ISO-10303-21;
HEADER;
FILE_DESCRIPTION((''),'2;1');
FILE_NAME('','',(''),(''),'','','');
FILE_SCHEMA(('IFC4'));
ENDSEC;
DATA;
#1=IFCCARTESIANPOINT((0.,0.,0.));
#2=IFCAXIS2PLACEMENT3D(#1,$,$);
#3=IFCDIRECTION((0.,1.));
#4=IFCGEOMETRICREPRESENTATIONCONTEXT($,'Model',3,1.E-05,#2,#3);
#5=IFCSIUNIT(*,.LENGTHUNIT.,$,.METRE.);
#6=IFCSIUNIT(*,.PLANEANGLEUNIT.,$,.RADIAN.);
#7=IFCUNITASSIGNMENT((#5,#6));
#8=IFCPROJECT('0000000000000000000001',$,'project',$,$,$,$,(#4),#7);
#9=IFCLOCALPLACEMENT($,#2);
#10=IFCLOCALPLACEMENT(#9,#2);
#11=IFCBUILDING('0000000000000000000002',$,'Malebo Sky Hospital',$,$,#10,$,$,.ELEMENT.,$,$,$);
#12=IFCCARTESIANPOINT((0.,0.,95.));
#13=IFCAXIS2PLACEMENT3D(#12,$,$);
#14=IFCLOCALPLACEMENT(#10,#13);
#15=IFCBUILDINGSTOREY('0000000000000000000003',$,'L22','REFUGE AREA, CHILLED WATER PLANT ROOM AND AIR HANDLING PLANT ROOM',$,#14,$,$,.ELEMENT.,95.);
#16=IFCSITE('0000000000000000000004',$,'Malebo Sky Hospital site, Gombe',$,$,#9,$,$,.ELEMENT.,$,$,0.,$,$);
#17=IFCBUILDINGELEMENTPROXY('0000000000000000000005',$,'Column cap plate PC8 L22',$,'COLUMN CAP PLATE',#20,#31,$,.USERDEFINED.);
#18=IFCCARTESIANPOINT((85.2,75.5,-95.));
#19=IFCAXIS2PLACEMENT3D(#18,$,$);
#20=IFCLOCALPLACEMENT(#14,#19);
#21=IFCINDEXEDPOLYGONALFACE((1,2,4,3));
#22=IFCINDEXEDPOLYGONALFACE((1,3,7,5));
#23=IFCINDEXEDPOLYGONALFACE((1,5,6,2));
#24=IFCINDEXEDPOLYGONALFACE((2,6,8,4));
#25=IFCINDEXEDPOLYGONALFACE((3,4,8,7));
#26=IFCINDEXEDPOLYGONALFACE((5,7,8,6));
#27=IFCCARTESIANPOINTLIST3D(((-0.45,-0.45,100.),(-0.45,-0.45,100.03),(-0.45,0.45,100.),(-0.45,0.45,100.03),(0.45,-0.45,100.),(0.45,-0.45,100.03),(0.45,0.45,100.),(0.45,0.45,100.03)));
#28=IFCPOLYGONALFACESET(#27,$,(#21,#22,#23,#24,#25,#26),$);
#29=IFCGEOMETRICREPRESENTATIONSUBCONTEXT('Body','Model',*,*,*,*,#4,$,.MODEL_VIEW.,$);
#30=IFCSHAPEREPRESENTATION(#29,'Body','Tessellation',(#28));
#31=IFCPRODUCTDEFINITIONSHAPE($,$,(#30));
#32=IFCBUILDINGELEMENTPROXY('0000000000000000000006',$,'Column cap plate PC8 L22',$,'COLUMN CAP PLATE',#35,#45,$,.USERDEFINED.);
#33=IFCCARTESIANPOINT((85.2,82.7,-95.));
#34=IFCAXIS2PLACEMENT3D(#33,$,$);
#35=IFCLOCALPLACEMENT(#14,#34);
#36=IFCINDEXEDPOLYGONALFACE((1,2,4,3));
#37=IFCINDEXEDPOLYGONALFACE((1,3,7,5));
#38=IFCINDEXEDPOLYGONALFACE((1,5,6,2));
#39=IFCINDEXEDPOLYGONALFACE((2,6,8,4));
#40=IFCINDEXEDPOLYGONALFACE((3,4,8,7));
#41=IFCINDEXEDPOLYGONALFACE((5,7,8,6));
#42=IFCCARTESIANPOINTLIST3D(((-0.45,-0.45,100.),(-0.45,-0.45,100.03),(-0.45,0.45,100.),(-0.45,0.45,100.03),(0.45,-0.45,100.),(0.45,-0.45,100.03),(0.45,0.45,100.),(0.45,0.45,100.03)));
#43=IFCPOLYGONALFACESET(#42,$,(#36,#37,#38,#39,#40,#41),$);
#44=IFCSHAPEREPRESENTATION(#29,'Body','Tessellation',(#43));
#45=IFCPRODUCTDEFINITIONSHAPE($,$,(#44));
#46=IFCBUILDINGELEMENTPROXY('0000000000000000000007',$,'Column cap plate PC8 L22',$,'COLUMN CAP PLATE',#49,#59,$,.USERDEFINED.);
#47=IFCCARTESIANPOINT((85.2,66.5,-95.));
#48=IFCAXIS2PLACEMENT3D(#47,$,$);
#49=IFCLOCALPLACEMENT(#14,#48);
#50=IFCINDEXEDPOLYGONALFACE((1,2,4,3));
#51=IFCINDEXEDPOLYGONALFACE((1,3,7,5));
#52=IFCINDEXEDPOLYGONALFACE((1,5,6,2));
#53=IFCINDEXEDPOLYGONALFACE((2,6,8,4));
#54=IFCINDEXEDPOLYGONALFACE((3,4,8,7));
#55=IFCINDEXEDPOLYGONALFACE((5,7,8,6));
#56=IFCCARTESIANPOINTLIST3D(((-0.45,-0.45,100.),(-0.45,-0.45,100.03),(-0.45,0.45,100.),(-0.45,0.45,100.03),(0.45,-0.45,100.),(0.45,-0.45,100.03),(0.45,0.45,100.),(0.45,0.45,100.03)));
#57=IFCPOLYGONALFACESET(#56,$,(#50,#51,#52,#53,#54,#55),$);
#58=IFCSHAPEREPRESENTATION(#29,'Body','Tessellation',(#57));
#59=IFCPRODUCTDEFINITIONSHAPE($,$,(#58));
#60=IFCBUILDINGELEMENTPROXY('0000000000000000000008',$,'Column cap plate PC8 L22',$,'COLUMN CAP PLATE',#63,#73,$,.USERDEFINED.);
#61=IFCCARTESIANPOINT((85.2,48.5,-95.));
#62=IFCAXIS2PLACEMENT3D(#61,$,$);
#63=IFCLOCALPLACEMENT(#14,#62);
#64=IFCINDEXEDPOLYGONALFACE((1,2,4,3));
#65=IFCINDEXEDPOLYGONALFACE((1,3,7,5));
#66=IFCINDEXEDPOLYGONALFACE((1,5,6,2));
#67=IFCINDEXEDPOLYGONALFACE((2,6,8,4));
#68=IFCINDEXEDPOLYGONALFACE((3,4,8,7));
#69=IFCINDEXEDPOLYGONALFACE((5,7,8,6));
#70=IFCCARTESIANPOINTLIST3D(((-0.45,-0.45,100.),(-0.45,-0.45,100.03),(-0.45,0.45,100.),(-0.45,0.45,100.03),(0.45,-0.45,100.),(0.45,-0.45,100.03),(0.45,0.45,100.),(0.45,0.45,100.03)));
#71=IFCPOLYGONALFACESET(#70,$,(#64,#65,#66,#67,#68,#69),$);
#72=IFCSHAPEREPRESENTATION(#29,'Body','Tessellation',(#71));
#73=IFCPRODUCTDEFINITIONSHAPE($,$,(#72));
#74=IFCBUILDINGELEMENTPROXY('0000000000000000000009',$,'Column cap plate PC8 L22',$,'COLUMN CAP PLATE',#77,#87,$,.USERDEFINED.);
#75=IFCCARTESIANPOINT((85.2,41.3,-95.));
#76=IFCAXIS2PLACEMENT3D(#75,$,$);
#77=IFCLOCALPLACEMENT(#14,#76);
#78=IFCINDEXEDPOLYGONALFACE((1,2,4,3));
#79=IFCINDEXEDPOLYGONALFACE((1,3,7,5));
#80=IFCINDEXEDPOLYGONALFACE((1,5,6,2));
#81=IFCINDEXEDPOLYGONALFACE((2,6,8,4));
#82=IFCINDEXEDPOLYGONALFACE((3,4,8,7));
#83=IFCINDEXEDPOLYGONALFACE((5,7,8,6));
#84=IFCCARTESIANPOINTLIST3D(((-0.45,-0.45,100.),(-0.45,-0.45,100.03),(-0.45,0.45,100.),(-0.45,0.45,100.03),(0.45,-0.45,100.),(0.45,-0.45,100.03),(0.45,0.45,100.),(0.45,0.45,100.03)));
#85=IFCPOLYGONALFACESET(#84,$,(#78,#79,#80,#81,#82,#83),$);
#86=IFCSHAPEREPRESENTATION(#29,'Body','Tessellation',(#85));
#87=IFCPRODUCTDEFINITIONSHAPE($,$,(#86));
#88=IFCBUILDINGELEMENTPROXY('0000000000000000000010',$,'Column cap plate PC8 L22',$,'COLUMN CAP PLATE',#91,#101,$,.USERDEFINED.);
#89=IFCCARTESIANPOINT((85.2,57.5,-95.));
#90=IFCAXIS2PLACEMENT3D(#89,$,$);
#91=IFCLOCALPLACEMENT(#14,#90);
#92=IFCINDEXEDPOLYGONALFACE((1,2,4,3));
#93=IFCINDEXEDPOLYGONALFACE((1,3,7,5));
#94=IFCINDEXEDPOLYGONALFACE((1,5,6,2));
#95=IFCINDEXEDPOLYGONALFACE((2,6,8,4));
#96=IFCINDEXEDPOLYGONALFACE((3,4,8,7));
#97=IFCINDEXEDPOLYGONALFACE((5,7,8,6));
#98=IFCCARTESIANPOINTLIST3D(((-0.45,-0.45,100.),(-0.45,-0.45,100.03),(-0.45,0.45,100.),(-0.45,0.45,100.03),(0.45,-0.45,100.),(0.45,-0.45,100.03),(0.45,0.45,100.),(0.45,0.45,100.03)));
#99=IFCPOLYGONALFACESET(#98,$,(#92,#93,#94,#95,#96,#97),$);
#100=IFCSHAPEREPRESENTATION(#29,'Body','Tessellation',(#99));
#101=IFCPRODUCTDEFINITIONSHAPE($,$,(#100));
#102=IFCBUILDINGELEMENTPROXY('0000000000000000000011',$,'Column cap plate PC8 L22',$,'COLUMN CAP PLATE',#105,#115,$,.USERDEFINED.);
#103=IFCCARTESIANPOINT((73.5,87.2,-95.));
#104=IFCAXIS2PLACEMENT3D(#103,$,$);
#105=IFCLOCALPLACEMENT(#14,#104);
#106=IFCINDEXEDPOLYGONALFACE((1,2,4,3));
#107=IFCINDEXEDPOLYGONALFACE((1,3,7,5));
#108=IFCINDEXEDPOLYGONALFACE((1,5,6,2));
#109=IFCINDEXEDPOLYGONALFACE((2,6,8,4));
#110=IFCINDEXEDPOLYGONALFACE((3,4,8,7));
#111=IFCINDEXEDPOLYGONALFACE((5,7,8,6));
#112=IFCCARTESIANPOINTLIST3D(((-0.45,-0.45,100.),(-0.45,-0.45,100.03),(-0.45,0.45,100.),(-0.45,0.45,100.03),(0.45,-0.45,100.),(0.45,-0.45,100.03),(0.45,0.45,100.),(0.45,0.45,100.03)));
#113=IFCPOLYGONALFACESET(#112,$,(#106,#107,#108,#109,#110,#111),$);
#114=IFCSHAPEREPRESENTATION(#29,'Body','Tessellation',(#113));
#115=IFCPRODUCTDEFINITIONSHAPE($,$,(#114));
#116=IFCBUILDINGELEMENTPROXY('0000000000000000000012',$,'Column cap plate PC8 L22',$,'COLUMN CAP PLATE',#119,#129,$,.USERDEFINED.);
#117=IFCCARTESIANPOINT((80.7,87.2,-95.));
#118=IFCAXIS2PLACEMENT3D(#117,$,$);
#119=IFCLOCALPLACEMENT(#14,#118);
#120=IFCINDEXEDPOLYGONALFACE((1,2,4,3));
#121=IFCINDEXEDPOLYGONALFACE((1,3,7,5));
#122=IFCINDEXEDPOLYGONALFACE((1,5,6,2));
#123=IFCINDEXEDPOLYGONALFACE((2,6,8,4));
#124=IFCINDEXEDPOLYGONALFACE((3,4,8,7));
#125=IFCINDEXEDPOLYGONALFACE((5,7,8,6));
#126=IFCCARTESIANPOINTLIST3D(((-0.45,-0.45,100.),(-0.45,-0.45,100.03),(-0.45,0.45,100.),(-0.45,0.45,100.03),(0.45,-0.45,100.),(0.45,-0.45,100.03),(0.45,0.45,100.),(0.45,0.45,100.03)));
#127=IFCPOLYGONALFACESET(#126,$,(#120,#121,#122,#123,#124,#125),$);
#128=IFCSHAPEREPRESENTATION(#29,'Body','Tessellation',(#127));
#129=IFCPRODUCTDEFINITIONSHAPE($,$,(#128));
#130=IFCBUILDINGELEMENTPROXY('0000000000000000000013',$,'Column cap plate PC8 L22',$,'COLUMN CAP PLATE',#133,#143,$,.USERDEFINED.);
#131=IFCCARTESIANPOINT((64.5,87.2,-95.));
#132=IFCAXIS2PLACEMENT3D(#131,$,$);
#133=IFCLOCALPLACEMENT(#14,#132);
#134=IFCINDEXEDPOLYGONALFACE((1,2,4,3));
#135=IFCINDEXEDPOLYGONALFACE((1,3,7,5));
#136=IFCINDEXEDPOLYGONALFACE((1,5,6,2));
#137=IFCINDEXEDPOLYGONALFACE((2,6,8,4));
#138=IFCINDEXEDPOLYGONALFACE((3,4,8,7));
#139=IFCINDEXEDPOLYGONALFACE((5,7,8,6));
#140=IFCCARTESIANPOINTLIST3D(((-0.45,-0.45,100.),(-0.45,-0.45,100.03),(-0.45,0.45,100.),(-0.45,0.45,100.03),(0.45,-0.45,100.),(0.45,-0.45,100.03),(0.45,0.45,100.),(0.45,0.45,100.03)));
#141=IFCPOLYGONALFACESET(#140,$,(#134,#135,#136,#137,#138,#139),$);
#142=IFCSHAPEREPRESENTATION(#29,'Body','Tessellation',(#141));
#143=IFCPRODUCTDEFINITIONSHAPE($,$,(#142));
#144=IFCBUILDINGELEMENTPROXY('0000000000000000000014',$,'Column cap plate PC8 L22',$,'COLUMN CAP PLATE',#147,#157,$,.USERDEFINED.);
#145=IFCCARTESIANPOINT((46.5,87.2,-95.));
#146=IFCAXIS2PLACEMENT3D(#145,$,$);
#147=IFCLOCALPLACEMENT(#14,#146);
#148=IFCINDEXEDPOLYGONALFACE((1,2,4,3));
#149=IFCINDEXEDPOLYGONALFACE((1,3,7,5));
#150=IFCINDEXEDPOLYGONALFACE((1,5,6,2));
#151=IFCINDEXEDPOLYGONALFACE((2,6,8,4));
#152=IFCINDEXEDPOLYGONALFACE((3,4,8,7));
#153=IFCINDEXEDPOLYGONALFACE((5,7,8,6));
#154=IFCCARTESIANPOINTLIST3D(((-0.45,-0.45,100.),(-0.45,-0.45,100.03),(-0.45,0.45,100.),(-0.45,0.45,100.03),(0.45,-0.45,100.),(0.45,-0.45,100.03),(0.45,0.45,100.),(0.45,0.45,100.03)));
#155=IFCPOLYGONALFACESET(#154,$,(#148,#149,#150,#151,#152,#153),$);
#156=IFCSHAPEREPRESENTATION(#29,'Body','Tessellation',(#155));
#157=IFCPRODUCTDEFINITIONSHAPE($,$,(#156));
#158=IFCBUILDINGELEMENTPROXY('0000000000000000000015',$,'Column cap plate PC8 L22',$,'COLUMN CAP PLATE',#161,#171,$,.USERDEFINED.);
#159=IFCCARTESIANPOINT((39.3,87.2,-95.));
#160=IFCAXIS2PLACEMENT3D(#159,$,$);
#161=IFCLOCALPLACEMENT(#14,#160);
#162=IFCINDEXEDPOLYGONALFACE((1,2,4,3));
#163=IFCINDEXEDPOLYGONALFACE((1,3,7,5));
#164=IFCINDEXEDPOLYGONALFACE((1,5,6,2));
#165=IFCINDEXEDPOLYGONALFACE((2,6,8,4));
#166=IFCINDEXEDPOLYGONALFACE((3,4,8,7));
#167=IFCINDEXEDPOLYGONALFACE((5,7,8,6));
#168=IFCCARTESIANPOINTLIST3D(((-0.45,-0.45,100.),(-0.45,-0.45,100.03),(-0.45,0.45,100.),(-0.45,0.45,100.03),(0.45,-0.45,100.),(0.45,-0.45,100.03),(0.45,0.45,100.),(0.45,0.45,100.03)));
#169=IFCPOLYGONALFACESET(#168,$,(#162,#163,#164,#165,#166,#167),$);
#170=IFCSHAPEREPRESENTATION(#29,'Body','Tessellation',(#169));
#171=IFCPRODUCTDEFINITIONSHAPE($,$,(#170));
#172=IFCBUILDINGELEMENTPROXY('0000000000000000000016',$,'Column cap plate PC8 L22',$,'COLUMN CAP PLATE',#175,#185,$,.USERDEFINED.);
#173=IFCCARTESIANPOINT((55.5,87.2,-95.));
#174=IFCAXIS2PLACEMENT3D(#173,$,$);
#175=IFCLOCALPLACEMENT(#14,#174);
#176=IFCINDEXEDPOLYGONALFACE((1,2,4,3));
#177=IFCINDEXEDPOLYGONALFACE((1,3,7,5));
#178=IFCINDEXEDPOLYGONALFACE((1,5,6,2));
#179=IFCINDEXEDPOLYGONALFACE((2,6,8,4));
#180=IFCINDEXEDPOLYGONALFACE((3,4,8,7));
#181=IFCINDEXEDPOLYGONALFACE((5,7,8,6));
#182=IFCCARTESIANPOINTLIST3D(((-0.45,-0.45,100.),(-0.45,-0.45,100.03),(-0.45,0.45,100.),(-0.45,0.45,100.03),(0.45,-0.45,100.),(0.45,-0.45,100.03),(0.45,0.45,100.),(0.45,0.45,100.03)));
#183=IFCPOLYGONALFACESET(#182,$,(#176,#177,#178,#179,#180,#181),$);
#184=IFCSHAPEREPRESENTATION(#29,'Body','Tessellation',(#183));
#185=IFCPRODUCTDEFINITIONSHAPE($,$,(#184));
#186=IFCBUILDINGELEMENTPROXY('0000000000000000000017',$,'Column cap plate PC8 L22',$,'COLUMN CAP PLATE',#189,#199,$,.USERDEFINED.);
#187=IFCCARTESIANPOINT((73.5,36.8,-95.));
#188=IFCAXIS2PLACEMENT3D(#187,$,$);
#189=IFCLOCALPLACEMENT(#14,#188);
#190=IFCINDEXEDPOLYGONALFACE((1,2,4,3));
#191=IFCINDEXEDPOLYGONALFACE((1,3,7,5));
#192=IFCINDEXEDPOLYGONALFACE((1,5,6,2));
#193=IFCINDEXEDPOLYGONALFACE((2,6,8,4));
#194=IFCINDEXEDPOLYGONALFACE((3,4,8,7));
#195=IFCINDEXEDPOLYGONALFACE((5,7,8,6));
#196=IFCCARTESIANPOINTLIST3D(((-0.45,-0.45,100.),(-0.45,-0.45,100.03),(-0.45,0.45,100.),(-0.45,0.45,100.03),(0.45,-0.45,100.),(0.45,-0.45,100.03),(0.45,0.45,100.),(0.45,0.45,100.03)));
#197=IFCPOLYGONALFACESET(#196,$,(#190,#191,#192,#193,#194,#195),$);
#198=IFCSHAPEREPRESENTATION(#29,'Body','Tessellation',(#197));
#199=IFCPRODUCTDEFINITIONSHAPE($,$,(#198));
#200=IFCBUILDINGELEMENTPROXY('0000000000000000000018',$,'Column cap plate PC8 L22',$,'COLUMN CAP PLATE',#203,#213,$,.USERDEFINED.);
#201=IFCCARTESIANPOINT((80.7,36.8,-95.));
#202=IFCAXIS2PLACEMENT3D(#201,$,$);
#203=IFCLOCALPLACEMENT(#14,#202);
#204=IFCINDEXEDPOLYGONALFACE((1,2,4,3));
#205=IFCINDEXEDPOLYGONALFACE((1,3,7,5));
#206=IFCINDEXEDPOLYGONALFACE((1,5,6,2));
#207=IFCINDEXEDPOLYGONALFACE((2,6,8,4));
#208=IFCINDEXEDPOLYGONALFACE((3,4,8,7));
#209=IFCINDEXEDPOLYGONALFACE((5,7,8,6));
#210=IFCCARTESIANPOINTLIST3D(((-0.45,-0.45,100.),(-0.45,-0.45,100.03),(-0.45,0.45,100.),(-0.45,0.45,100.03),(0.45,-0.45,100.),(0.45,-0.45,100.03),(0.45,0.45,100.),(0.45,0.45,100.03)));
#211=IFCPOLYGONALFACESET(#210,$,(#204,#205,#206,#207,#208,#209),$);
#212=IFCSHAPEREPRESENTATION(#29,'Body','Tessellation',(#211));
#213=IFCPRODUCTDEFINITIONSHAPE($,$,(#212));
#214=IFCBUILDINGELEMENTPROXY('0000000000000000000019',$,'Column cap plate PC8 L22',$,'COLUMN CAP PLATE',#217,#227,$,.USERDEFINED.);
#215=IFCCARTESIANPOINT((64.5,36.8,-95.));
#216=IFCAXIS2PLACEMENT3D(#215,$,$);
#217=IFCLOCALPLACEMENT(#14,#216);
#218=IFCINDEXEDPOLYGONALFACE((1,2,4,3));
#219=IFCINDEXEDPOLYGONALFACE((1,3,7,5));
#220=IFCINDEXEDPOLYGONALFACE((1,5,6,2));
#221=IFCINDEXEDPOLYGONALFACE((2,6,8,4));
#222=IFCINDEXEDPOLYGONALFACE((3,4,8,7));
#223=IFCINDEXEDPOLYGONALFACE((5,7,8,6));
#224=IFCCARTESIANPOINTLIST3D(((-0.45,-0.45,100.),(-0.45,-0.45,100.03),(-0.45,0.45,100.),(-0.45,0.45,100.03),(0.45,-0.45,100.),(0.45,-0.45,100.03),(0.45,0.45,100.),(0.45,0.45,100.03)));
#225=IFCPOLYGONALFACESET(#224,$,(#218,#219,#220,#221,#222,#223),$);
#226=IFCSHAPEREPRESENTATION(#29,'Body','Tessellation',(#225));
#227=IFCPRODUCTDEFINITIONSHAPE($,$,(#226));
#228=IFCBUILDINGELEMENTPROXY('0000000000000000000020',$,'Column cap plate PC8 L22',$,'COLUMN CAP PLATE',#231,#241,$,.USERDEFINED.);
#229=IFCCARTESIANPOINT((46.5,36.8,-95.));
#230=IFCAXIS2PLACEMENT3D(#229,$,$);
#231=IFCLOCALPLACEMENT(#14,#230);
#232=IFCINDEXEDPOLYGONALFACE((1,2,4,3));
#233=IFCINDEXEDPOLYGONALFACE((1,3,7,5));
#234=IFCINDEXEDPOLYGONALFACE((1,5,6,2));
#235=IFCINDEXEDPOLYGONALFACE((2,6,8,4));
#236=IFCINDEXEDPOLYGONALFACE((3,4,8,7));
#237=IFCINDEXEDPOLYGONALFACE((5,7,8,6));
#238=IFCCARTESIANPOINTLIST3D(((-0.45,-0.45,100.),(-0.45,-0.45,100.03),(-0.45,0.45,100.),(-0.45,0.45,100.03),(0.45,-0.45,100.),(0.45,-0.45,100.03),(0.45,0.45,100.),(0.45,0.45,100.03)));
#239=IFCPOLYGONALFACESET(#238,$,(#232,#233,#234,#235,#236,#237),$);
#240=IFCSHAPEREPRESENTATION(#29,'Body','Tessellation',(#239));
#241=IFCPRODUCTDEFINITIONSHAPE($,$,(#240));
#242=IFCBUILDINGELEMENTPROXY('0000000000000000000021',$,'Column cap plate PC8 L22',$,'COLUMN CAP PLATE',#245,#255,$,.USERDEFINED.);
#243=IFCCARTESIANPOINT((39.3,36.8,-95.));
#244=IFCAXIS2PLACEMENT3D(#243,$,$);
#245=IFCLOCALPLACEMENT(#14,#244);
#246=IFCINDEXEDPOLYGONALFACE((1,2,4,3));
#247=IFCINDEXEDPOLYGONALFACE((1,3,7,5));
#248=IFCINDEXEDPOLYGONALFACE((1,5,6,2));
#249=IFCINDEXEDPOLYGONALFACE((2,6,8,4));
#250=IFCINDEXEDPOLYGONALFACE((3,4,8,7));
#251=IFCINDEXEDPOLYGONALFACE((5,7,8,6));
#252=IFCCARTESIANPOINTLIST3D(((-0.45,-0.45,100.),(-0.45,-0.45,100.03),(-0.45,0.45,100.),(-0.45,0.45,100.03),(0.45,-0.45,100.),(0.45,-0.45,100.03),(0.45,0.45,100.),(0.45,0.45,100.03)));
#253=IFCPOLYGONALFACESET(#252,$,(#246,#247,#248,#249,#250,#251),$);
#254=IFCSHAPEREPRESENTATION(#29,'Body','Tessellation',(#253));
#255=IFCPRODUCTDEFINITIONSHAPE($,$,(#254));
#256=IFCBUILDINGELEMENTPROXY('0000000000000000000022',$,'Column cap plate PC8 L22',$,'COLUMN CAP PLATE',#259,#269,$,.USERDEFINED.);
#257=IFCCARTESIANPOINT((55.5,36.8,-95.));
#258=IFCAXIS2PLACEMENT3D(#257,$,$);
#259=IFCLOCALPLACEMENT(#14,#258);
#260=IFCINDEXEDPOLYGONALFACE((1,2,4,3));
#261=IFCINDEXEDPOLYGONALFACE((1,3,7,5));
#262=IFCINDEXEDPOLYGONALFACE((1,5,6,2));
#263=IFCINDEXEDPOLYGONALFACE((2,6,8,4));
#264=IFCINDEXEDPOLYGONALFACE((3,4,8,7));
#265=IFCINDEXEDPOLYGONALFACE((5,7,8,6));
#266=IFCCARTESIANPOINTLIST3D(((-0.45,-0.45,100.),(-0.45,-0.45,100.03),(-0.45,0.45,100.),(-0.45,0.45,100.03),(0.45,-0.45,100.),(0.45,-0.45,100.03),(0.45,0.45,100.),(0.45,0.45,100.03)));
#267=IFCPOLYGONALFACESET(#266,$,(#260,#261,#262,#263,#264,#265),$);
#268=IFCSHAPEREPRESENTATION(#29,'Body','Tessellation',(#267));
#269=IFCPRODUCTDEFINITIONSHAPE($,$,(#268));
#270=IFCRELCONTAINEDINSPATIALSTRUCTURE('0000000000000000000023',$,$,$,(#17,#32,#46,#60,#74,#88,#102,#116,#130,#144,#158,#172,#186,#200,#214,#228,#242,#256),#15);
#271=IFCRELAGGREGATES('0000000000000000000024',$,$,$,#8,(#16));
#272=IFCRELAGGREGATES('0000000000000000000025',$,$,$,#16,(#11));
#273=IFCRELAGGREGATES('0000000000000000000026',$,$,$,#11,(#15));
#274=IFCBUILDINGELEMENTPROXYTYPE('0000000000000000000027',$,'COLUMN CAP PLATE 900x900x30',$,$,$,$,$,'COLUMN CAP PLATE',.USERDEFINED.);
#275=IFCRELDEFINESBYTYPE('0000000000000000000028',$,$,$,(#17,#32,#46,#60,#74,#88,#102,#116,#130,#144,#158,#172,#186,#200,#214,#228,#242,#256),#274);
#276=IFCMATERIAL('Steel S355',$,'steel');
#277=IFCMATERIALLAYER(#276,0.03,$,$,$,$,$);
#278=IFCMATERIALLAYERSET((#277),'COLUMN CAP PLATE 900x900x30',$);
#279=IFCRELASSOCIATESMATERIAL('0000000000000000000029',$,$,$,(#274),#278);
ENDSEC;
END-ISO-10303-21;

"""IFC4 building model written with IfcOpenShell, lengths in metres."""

from ifc_helpers import new_model, si_unit, direction, frame, origin, origin_2d, place, context, subcontext, project, spatial, rectangle, extrude, material, layer, layer_set, type_object, element, save


model = new_model("IFC4")

# Units and contexts
model_context = context("Model", 3, precision=1e-05, world=origin(), true_north=direction((0.0, 1.0)))
body_context = subcontext(model_context, "Body", "Model", "MODEL_VIEW")
ifc_project = project(units=[si_unit("LENGTHUNIT", "METRE"), si_unit("PLANEANGLEUNIT", "RADIAN")], contexts=[model_context])

# Site, building, storey
site_placement = place(None, origin())
site = spatial("IfcSite", under=ifc_project, at=site_placement, Name="Malebo Sky Hospital site, Gombe", CompositionType="ELEMENT", RefElevation=0.0)
building_placement = place(site_placement, origin())
building = spatial("IfcBuilding", under=site, at=building_placement, Name="Malebo Sky Hospital", CompositionType="ELEMENT")
storey_placement = place(building_placement, frame((0.0, 0.0, 95.0)))
storey = spatial("IfcBuildingStorey", under=building, at=storey_placement, Name="L22", Description="REFUGE AREA, CHILLED WATER PLANT ROOM AND AIR HANDLING PLANT ROOM", CompositionType="ELEMENT", Elevation=95.0)

# Shared definitions
ifc_material = material(Name="Steel S355", Category="steel")

# Building element proxies
ifc_layer = layer(ifc_material, 0.03)
ifc_layer_set = layer_set([ifc_layer], Name="COLUMN CAP PLATE 900x900x30")
building_element_proxy_type = type_object("IfcBuildingElementProxyType", Name="COLUMN CAP PLATE 900x900x30", ElementType="COLUMN CAP PLATE", PredefinedType="USERDEFINED", material=ifc_layer_set)
for number, where, name in (
    (1, (85.2, 75.5, -95.0), "Column cap plate PC8 L22"),
    (2, (85.2, 82.7, -95.0), "Column cap plate PC8 L22"),
    (3, (85.2, 66.5, -95.0), "Column cap plate PC8 L22"),
    (4, (85.2, 48.5, -95.0), "Column cap plate PC8 L22"),
    (5, (85.2, 41.3, -95.0), "Column cap plate PC8 L22"),
    (6, (85.2, 57.5, -95.0), "Column cap plate PC8 L22"),
    (7, (73.5, 87.2, -95.0), "Column cap plate PC8 L22"),
    (8, (80.7, 87.2, -95.0), "Column cap plate PC8 L22"),
    (9, (64.5, 87.2, -95.0), "Column cap plate PC8 L22"),
    (10, (46.5, 87.2, -95.0), "Column cap plate PC8 L22"),
    (11, (39.3, 87.2, -95.0), "Column cap plate PC8 L22"),
    (12, (55.5, 87.2, -95.0), "Column cap plate PC8 L22"),
    (13, (73.5, 36.8, -95.0), "Column cap plate PC8 L22"),
    (14, (80.7, 36.8, -95.0), "Column cap plate PC8 L22"),
    (15, (64.5, 36.8, -95.0), "Column cap plate PC8 L22"),
    (16, (46.5, 36.8, -95.0), "Column cap plate PC8 L22"),
    (17, (39.3, 36.8, -95.0), "Column cap plate PC8 L22"),
    (18, (55.5, 36.8, -95.0), "Column cap plate PC8 L22"),
):
    element("IfcBuildingElementProxy", number, at=place(storey_placement, frame(where)), inside=storey, type_object=building_element_proxy_type, Name=name, ObjectType="COLUMN CAP PLATE", PredefinedType="USERDEFINED", context=body_context, shape_type="SweptSolid", body=[
        extrude(rectangle(XDim=0.8999, YDim=0.8999, at=origin_2d()), frame((0.0, 0.0, 100.0)), (0.0, 0.0, 1.0), 0.03),
    ])

save(model, "model.ifc")
